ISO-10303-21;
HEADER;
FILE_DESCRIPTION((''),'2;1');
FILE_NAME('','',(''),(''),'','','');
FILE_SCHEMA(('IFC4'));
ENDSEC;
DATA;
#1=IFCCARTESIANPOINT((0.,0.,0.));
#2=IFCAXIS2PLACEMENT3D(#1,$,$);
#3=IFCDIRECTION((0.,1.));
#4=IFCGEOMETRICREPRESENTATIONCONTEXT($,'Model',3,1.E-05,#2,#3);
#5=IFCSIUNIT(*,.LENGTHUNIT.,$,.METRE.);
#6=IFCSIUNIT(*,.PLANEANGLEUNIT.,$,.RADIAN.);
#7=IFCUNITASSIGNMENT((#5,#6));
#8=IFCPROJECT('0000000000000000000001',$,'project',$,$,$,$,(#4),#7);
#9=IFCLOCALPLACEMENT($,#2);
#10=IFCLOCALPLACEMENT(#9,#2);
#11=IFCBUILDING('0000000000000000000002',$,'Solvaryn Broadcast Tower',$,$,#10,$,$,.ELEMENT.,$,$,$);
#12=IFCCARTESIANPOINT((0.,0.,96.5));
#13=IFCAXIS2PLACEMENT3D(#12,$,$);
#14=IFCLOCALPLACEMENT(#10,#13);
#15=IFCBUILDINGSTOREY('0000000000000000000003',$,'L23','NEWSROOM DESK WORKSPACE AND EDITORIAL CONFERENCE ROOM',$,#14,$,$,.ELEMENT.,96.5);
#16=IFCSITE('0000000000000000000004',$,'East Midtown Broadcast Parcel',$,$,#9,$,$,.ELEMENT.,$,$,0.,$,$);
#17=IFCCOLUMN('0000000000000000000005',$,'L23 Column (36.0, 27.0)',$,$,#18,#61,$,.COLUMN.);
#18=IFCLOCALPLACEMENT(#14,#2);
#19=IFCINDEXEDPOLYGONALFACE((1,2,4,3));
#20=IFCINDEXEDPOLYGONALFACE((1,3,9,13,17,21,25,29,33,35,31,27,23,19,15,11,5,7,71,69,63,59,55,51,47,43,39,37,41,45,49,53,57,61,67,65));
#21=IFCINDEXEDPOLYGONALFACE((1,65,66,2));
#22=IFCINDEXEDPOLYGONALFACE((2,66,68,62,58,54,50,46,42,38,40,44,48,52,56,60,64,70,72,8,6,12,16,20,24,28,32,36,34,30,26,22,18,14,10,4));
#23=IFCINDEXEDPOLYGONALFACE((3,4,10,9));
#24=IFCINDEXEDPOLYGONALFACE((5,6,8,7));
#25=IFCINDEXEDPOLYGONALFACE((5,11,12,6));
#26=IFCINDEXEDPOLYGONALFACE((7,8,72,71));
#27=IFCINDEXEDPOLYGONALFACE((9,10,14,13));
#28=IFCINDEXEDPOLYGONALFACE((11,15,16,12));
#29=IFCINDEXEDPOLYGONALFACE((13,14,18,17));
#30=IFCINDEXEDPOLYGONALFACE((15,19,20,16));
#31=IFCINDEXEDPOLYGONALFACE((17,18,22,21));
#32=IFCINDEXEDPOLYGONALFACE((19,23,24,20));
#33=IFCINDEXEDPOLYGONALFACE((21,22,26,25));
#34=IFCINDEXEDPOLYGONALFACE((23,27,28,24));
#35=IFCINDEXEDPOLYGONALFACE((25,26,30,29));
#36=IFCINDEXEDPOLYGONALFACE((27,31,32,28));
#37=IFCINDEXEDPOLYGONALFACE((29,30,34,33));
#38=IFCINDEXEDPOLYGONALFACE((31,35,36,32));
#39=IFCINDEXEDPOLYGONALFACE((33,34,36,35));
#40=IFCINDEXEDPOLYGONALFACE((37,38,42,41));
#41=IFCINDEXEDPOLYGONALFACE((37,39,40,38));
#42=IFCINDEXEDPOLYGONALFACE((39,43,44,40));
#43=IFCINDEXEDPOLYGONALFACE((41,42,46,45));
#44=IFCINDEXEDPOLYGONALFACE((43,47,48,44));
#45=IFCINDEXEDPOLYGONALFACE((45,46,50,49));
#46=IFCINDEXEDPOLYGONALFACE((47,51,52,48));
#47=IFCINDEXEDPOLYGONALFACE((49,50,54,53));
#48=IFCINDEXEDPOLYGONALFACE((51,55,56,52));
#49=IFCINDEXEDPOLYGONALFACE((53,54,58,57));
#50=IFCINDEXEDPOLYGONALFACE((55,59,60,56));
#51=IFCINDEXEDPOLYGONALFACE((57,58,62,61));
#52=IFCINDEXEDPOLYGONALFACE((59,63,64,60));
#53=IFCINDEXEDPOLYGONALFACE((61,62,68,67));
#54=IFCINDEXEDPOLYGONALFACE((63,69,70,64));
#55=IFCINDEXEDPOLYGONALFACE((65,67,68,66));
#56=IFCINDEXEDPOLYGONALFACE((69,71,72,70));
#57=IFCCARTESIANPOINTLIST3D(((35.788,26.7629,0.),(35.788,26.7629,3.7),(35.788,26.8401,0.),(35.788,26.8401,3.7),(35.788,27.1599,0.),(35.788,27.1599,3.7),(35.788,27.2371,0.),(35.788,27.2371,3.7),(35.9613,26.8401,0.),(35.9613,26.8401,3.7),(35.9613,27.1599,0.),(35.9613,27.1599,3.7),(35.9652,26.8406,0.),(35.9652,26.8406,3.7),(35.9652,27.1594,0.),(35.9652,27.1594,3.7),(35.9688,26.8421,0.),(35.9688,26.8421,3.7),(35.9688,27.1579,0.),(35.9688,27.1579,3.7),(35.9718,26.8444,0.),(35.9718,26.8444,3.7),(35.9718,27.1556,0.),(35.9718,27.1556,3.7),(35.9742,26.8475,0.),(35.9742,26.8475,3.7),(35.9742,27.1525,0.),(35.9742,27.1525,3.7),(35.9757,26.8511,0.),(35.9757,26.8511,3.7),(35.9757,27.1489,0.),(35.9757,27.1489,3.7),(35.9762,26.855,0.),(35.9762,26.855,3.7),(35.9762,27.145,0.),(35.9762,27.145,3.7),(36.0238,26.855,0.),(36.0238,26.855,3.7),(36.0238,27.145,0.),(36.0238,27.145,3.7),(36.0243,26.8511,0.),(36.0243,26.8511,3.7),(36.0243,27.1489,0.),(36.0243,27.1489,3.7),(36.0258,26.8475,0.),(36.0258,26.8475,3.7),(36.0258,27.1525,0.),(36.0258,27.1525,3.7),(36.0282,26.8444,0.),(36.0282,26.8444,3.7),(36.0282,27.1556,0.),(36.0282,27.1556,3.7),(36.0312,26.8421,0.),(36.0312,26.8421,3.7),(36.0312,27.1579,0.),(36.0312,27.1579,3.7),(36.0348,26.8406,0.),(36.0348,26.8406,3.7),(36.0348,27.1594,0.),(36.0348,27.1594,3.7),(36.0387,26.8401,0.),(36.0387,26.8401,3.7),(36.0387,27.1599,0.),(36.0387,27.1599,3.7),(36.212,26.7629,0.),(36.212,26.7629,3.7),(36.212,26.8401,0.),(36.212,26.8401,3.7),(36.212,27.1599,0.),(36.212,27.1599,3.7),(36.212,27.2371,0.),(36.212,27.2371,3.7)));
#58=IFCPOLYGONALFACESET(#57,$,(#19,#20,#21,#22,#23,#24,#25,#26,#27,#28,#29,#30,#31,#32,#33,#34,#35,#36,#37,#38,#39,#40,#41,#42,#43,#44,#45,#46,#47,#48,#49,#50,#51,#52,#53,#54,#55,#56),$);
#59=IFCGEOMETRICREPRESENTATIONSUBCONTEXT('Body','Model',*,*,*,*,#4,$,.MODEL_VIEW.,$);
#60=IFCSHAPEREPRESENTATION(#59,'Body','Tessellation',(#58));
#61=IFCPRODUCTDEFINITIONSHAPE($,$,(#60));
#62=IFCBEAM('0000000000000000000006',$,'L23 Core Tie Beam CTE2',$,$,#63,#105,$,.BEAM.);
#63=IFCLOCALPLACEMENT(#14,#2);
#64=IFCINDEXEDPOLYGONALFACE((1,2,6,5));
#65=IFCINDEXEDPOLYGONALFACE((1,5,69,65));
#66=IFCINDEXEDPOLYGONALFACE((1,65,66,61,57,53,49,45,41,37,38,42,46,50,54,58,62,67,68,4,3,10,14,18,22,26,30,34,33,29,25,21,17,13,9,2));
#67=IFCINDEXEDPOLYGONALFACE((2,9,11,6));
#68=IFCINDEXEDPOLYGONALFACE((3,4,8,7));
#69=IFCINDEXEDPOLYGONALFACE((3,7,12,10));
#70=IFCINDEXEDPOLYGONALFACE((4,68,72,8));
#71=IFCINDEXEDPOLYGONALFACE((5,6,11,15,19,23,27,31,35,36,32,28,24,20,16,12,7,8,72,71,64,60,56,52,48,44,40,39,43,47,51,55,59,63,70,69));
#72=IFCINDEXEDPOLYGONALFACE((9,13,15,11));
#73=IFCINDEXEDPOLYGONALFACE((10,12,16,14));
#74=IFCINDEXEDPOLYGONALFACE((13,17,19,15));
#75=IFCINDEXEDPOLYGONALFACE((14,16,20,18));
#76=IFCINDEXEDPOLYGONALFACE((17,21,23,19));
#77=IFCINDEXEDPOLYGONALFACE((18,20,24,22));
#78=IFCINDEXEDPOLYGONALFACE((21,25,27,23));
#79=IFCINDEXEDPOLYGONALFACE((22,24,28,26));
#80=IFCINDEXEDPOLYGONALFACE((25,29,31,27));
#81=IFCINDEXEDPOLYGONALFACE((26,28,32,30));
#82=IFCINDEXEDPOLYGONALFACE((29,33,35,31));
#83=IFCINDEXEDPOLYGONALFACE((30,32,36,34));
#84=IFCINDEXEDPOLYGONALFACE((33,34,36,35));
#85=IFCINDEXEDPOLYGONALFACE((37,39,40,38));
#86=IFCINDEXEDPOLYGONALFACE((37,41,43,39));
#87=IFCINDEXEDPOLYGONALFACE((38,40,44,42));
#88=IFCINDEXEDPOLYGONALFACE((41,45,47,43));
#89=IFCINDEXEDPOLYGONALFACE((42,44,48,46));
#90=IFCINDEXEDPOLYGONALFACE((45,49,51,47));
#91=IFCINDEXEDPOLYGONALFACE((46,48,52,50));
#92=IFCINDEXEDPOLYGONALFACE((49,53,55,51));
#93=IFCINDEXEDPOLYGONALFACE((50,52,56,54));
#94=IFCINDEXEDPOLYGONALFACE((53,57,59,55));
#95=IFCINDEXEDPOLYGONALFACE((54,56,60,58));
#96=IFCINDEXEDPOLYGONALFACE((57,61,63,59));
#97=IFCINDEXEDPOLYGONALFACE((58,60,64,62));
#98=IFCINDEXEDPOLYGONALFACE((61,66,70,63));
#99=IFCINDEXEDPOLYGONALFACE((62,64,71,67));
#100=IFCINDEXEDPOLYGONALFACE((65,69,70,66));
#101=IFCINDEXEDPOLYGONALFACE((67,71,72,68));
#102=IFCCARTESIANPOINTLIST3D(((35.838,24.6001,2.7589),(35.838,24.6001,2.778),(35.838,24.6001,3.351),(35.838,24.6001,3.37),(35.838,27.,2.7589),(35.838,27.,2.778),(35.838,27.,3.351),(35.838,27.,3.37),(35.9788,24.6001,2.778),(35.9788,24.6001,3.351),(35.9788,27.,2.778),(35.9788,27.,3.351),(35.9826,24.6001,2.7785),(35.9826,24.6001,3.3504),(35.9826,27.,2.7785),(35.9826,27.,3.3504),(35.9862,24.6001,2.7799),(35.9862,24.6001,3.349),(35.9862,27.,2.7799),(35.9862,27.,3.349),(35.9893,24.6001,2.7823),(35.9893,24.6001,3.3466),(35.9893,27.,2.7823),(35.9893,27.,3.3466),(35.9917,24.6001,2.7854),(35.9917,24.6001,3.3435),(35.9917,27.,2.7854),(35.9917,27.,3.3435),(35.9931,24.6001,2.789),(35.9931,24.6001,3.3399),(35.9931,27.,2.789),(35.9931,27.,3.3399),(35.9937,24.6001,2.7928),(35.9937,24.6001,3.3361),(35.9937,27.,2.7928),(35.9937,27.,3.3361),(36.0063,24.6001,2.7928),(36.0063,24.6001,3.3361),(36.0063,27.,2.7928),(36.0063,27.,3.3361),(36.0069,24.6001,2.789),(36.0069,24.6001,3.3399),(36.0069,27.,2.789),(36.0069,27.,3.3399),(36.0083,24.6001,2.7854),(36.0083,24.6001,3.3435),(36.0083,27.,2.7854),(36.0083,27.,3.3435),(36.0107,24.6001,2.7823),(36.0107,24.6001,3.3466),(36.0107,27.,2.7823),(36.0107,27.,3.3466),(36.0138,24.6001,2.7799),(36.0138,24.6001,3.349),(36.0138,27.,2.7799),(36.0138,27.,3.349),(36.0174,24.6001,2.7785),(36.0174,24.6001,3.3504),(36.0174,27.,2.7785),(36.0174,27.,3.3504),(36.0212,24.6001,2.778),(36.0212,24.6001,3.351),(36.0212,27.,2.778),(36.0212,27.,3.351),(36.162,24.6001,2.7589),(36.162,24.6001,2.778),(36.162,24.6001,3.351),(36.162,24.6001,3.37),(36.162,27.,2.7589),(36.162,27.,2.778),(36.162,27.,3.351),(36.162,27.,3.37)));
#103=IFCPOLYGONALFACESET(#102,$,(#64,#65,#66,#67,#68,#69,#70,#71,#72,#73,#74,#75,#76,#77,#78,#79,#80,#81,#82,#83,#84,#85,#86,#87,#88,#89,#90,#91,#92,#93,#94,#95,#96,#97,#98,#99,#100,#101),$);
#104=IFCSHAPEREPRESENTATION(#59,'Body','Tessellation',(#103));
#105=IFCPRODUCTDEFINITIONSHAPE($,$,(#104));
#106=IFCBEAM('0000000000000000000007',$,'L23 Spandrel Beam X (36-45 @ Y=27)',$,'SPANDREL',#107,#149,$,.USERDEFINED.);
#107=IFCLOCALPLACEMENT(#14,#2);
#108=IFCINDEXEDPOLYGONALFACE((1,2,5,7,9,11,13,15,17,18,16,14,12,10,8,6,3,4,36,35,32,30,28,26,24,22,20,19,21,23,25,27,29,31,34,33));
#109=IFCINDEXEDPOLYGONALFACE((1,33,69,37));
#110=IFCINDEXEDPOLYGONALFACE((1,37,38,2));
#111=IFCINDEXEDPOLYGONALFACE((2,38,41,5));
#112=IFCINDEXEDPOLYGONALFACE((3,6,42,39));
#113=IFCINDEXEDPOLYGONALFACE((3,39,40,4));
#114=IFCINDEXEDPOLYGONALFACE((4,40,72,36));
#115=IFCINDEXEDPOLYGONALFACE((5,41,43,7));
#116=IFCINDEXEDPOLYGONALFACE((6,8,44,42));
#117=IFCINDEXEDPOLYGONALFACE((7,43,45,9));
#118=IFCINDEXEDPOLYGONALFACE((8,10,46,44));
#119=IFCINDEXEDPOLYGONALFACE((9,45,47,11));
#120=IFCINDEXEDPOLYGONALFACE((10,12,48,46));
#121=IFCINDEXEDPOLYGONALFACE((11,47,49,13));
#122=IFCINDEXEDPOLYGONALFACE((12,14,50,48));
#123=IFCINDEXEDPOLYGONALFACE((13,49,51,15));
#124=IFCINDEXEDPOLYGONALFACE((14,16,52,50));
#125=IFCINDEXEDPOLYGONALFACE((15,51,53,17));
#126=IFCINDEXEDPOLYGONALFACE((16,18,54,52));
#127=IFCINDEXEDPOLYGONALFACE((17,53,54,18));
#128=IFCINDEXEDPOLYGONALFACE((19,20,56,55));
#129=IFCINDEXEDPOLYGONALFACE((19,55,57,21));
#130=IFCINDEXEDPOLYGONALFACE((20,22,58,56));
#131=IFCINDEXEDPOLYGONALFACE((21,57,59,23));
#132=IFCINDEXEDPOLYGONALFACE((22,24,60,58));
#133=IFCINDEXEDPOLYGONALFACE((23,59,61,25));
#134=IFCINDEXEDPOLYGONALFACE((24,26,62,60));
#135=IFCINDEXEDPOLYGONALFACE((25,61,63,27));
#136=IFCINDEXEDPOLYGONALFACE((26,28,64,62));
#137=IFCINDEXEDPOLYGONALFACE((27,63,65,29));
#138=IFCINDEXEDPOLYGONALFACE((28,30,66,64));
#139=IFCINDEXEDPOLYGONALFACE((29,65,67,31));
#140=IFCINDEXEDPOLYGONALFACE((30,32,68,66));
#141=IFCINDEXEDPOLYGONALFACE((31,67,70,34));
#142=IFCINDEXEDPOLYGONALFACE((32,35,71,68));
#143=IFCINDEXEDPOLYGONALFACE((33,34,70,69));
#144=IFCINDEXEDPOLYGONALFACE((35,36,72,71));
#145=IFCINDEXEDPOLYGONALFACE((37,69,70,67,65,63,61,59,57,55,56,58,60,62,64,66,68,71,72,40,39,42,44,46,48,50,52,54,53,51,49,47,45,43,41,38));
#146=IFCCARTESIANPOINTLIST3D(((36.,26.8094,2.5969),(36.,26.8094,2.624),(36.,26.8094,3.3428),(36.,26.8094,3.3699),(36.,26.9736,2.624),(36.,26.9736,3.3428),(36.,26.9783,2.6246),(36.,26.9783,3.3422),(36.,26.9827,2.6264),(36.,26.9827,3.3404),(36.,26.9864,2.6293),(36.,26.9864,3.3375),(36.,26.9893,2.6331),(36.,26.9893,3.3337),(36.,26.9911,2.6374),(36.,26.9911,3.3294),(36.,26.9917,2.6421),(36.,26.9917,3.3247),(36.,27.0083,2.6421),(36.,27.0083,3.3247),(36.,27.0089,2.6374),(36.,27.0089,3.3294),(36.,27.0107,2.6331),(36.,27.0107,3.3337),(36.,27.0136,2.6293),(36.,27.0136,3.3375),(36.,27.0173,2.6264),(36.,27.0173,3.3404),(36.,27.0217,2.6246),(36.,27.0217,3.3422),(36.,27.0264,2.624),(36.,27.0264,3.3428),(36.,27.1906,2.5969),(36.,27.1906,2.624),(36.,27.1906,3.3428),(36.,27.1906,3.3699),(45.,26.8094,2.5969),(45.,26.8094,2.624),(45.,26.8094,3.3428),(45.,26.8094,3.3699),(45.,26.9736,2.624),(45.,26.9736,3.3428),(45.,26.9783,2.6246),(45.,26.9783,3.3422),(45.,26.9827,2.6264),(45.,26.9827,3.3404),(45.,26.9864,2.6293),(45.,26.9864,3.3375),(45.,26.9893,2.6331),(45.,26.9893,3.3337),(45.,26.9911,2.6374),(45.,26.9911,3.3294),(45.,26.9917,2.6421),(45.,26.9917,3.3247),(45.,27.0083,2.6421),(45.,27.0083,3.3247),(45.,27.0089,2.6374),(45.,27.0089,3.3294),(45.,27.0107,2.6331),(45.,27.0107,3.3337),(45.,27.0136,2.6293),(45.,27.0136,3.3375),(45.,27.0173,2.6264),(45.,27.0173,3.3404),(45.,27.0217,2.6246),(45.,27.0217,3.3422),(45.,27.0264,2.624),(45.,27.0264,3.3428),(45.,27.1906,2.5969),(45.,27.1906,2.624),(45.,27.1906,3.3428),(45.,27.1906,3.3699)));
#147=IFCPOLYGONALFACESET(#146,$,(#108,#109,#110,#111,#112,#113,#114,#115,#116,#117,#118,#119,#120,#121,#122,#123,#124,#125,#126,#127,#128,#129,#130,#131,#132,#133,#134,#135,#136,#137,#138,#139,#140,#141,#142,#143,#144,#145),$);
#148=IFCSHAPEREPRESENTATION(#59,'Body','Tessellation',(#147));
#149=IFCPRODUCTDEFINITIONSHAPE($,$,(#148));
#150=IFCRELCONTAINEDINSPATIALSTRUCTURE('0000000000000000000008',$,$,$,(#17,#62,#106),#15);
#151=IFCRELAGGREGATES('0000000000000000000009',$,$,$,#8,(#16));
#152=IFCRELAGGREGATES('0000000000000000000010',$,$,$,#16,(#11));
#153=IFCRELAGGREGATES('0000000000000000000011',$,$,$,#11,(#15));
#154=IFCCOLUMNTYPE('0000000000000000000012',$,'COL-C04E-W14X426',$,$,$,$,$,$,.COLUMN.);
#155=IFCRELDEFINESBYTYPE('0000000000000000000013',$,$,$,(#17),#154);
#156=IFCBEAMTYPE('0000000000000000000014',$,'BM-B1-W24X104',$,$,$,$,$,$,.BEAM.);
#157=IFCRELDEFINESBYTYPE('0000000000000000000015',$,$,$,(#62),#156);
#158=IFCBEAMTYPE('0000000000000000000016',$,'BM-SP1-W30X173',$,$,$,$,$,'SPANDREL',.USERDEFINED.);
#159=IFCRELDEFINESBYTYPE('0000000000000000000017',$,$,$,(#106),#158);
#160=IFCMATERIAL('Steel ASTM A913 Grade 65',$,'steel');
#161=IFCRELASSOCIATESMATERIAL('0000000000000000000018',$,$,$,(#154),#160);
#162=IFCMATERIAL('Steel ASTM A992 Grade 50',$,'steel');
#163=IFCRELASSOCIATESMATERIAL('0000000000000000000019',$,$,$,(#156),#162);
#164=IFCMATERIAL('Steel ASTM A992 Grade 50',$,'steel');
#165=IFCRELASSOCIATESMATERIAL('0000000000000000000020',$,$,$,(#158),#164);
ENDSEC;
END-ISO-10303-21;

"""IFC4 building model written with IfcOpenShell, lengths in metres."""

from ifc_helpers import new_model, si_unit, direction, frame, origin, origin_2d, place, context, subcontext, project, spatial, i_section, extrude, material, material_profile, profile_set, type_object, element, save


model = new_model("IFC4")

# Units and contexts
model_context = context("Model", 3, precision=1e-05, world=origin(), true_north=direction((0.0, 1.0)))
body_context = subcontext(model_context, "Body", "Model", "MODEL_VIEW")
ifc_project = project(units=[si_unit("LENGTHUNIT", "METRE"), si_unit("PLANEANGLEUNIT", "RADIAN")], contexts=[model_context])

# Site, building, storey
site_placement = place(None, origin())
site = spatial("IfcSite", under=ifc_project, at=site_placement, Name="East Midtown Broadcast Parcel", CompositionType="ELEMENT", RefElevation=0.0)
building_placement = place(site_placement, origin())
building = spatial("IfcBuilding", under=site, at=building_placement, Name="Solvaryn Broadcast Tower", CompositionType="ELEMENT")
storey_placement = place(building_placement, frame((0.0, 0.0, 96.5)))
storey = spatial("IfcBuildingStorey", under=building, at=storey_placement, Name="L23", Description="NEWSROOM DESK WORKSPACE AND EDITORIAL CONFERENCE ROOM", CompositionType="ELEMENT", Elevation=96.5)

# Column
ifc_material_1 = material(Name="Steel ASTM A913 Grade 65", Category="steel")
ifc_material_profile_1 = material_profile(ifc_material_1, i_section(OverallWidth=0.4241, OverallDepth=0.4741, WebThickness=0.0476, FlangeThickness=0.0771, FilletRadius=0.0149, at=origin_2d()))
ifc_profile_set_1 = profile_set([ifc_material_profile_1], Name="Steel ASTM A913 Grade 65")
column_type = type_object("IfcColumnType", Name="COL-C04E-W14X426", PredefinedType="COLUMN", material=ifc_profile_set_1)
column_placement = place(storey_placement, frame((36.0, 27.0, 0.0), z_axis=(0.0, 0.0, 1.0), x_axis=(1.0, 0.0, 0.0)))
element("IfcColumn", 1, at=column_placement, inside=storey, type_object=column_type, Name="L23 Column (36.0, 27.0)", PredefinedType="COLUMN", context=body_context, shape_type="SweptSolid", body=[
    extrude(i_section(OverallWidth=0.4241, OverallDepth=0.4741, WebThickness=0.0476, FlangeThickness=0.0771, FilletRadius=0.0149, at=origin_2d()), origin(), (0.0, 0.0, 1.0), 3.7),
])

# Beams
ifc_material_2 = material(Name="Steel ASTM A992 Grade 50", Category="steel")
ifc_material_profile_2 = material_profile(ifc_material_2, i_section(OverallWidth=0.324, OverallDepth=0.6111, WebThickness=0.0127, FlangeThickness=0.019, FilletRadius=0.0149, at=origin_2d()))
ifc_profile_set_2 = profile_set([ifc_material_profile_2], Name="Steel ASTM A992 Grade 50")
beam_type_1 = type_object("IfcBeamType", Name="BM-B1-W24X104", PredefinedType="BEAM", material=ifc_profile_set_2)
beam_1_placement = place(storey_placement, frame((36.0, 24.6001, 3.0645), z_axis=(0.0, 1.0, 0.0), x_axis=(-1.0, 0.0, 0.0)))
element("IfcBeam", 2, at=beam_1_placement, inside=storey, type_object=beam_type_1, Name="L23 Core Tie Beam CTE2", PredefinedType="BEAM", context=body_context, shape_type="SweptSolid", body=[
    extrude(i_section(OverallWidth=0.324, OverallDepth=0.6111, WebThickness=0.0127, FlangeThickness=0.019, FilletRadius=0.0149, at=origin_2d()), origin(), (0.0, 0.0, 1.0), 2.3999),
])
ifc_material_3 = material(Name="Steel ASTM A992 Grade 50", Category="steel")
ifc_material_profile_3 = material_profile(ifc_material_3, i_section(OverallWidth=0.3811, OverallDepth=0.7729, WebThickness=0.0166, FlangeThickness=0.0271, FilletRadius=0.0181, at=origin_2d()))
ifc_profile_set_3 = profile_set([ifc_material_profile_3], Name="Steel ASTM A992 Grade 50")
beam_type_2 = type_object("IfcBeamType", Name="BM-SP1-W30X173", ElementType="SPANDREL", PredefinedType="USERDEFINED", material=ifc_profile_set_3)
beam_2_placement = place(storey_placement, frame((36.0, 27.0, 2.9834), z_axis=(1.0, 0.0, 0.0), x_axis=(0.0, 1.0, 0.0)))
element("IfcBeam", 3, at=beam_2_placement, inside=storey, type_object=beam_type_2, Name="L23 Spandrel Beam X (36-45 @ Y=27)", ObjectType="SPANDREL", PredefinedType="USERDEFINED", context=body_context, shape_type="SweptSolid", body=[
    extrude(i_section(OverallWidth=0.3811, OverallDepth=0.7729, WebThickness=0.0166, FlangeThickness=0.0271, FilletRadius=0.0181, at=origin_2d()), origin(), (0.0, 0.0, 1.0), 9.0),
])

save(model, "model.ifc")
